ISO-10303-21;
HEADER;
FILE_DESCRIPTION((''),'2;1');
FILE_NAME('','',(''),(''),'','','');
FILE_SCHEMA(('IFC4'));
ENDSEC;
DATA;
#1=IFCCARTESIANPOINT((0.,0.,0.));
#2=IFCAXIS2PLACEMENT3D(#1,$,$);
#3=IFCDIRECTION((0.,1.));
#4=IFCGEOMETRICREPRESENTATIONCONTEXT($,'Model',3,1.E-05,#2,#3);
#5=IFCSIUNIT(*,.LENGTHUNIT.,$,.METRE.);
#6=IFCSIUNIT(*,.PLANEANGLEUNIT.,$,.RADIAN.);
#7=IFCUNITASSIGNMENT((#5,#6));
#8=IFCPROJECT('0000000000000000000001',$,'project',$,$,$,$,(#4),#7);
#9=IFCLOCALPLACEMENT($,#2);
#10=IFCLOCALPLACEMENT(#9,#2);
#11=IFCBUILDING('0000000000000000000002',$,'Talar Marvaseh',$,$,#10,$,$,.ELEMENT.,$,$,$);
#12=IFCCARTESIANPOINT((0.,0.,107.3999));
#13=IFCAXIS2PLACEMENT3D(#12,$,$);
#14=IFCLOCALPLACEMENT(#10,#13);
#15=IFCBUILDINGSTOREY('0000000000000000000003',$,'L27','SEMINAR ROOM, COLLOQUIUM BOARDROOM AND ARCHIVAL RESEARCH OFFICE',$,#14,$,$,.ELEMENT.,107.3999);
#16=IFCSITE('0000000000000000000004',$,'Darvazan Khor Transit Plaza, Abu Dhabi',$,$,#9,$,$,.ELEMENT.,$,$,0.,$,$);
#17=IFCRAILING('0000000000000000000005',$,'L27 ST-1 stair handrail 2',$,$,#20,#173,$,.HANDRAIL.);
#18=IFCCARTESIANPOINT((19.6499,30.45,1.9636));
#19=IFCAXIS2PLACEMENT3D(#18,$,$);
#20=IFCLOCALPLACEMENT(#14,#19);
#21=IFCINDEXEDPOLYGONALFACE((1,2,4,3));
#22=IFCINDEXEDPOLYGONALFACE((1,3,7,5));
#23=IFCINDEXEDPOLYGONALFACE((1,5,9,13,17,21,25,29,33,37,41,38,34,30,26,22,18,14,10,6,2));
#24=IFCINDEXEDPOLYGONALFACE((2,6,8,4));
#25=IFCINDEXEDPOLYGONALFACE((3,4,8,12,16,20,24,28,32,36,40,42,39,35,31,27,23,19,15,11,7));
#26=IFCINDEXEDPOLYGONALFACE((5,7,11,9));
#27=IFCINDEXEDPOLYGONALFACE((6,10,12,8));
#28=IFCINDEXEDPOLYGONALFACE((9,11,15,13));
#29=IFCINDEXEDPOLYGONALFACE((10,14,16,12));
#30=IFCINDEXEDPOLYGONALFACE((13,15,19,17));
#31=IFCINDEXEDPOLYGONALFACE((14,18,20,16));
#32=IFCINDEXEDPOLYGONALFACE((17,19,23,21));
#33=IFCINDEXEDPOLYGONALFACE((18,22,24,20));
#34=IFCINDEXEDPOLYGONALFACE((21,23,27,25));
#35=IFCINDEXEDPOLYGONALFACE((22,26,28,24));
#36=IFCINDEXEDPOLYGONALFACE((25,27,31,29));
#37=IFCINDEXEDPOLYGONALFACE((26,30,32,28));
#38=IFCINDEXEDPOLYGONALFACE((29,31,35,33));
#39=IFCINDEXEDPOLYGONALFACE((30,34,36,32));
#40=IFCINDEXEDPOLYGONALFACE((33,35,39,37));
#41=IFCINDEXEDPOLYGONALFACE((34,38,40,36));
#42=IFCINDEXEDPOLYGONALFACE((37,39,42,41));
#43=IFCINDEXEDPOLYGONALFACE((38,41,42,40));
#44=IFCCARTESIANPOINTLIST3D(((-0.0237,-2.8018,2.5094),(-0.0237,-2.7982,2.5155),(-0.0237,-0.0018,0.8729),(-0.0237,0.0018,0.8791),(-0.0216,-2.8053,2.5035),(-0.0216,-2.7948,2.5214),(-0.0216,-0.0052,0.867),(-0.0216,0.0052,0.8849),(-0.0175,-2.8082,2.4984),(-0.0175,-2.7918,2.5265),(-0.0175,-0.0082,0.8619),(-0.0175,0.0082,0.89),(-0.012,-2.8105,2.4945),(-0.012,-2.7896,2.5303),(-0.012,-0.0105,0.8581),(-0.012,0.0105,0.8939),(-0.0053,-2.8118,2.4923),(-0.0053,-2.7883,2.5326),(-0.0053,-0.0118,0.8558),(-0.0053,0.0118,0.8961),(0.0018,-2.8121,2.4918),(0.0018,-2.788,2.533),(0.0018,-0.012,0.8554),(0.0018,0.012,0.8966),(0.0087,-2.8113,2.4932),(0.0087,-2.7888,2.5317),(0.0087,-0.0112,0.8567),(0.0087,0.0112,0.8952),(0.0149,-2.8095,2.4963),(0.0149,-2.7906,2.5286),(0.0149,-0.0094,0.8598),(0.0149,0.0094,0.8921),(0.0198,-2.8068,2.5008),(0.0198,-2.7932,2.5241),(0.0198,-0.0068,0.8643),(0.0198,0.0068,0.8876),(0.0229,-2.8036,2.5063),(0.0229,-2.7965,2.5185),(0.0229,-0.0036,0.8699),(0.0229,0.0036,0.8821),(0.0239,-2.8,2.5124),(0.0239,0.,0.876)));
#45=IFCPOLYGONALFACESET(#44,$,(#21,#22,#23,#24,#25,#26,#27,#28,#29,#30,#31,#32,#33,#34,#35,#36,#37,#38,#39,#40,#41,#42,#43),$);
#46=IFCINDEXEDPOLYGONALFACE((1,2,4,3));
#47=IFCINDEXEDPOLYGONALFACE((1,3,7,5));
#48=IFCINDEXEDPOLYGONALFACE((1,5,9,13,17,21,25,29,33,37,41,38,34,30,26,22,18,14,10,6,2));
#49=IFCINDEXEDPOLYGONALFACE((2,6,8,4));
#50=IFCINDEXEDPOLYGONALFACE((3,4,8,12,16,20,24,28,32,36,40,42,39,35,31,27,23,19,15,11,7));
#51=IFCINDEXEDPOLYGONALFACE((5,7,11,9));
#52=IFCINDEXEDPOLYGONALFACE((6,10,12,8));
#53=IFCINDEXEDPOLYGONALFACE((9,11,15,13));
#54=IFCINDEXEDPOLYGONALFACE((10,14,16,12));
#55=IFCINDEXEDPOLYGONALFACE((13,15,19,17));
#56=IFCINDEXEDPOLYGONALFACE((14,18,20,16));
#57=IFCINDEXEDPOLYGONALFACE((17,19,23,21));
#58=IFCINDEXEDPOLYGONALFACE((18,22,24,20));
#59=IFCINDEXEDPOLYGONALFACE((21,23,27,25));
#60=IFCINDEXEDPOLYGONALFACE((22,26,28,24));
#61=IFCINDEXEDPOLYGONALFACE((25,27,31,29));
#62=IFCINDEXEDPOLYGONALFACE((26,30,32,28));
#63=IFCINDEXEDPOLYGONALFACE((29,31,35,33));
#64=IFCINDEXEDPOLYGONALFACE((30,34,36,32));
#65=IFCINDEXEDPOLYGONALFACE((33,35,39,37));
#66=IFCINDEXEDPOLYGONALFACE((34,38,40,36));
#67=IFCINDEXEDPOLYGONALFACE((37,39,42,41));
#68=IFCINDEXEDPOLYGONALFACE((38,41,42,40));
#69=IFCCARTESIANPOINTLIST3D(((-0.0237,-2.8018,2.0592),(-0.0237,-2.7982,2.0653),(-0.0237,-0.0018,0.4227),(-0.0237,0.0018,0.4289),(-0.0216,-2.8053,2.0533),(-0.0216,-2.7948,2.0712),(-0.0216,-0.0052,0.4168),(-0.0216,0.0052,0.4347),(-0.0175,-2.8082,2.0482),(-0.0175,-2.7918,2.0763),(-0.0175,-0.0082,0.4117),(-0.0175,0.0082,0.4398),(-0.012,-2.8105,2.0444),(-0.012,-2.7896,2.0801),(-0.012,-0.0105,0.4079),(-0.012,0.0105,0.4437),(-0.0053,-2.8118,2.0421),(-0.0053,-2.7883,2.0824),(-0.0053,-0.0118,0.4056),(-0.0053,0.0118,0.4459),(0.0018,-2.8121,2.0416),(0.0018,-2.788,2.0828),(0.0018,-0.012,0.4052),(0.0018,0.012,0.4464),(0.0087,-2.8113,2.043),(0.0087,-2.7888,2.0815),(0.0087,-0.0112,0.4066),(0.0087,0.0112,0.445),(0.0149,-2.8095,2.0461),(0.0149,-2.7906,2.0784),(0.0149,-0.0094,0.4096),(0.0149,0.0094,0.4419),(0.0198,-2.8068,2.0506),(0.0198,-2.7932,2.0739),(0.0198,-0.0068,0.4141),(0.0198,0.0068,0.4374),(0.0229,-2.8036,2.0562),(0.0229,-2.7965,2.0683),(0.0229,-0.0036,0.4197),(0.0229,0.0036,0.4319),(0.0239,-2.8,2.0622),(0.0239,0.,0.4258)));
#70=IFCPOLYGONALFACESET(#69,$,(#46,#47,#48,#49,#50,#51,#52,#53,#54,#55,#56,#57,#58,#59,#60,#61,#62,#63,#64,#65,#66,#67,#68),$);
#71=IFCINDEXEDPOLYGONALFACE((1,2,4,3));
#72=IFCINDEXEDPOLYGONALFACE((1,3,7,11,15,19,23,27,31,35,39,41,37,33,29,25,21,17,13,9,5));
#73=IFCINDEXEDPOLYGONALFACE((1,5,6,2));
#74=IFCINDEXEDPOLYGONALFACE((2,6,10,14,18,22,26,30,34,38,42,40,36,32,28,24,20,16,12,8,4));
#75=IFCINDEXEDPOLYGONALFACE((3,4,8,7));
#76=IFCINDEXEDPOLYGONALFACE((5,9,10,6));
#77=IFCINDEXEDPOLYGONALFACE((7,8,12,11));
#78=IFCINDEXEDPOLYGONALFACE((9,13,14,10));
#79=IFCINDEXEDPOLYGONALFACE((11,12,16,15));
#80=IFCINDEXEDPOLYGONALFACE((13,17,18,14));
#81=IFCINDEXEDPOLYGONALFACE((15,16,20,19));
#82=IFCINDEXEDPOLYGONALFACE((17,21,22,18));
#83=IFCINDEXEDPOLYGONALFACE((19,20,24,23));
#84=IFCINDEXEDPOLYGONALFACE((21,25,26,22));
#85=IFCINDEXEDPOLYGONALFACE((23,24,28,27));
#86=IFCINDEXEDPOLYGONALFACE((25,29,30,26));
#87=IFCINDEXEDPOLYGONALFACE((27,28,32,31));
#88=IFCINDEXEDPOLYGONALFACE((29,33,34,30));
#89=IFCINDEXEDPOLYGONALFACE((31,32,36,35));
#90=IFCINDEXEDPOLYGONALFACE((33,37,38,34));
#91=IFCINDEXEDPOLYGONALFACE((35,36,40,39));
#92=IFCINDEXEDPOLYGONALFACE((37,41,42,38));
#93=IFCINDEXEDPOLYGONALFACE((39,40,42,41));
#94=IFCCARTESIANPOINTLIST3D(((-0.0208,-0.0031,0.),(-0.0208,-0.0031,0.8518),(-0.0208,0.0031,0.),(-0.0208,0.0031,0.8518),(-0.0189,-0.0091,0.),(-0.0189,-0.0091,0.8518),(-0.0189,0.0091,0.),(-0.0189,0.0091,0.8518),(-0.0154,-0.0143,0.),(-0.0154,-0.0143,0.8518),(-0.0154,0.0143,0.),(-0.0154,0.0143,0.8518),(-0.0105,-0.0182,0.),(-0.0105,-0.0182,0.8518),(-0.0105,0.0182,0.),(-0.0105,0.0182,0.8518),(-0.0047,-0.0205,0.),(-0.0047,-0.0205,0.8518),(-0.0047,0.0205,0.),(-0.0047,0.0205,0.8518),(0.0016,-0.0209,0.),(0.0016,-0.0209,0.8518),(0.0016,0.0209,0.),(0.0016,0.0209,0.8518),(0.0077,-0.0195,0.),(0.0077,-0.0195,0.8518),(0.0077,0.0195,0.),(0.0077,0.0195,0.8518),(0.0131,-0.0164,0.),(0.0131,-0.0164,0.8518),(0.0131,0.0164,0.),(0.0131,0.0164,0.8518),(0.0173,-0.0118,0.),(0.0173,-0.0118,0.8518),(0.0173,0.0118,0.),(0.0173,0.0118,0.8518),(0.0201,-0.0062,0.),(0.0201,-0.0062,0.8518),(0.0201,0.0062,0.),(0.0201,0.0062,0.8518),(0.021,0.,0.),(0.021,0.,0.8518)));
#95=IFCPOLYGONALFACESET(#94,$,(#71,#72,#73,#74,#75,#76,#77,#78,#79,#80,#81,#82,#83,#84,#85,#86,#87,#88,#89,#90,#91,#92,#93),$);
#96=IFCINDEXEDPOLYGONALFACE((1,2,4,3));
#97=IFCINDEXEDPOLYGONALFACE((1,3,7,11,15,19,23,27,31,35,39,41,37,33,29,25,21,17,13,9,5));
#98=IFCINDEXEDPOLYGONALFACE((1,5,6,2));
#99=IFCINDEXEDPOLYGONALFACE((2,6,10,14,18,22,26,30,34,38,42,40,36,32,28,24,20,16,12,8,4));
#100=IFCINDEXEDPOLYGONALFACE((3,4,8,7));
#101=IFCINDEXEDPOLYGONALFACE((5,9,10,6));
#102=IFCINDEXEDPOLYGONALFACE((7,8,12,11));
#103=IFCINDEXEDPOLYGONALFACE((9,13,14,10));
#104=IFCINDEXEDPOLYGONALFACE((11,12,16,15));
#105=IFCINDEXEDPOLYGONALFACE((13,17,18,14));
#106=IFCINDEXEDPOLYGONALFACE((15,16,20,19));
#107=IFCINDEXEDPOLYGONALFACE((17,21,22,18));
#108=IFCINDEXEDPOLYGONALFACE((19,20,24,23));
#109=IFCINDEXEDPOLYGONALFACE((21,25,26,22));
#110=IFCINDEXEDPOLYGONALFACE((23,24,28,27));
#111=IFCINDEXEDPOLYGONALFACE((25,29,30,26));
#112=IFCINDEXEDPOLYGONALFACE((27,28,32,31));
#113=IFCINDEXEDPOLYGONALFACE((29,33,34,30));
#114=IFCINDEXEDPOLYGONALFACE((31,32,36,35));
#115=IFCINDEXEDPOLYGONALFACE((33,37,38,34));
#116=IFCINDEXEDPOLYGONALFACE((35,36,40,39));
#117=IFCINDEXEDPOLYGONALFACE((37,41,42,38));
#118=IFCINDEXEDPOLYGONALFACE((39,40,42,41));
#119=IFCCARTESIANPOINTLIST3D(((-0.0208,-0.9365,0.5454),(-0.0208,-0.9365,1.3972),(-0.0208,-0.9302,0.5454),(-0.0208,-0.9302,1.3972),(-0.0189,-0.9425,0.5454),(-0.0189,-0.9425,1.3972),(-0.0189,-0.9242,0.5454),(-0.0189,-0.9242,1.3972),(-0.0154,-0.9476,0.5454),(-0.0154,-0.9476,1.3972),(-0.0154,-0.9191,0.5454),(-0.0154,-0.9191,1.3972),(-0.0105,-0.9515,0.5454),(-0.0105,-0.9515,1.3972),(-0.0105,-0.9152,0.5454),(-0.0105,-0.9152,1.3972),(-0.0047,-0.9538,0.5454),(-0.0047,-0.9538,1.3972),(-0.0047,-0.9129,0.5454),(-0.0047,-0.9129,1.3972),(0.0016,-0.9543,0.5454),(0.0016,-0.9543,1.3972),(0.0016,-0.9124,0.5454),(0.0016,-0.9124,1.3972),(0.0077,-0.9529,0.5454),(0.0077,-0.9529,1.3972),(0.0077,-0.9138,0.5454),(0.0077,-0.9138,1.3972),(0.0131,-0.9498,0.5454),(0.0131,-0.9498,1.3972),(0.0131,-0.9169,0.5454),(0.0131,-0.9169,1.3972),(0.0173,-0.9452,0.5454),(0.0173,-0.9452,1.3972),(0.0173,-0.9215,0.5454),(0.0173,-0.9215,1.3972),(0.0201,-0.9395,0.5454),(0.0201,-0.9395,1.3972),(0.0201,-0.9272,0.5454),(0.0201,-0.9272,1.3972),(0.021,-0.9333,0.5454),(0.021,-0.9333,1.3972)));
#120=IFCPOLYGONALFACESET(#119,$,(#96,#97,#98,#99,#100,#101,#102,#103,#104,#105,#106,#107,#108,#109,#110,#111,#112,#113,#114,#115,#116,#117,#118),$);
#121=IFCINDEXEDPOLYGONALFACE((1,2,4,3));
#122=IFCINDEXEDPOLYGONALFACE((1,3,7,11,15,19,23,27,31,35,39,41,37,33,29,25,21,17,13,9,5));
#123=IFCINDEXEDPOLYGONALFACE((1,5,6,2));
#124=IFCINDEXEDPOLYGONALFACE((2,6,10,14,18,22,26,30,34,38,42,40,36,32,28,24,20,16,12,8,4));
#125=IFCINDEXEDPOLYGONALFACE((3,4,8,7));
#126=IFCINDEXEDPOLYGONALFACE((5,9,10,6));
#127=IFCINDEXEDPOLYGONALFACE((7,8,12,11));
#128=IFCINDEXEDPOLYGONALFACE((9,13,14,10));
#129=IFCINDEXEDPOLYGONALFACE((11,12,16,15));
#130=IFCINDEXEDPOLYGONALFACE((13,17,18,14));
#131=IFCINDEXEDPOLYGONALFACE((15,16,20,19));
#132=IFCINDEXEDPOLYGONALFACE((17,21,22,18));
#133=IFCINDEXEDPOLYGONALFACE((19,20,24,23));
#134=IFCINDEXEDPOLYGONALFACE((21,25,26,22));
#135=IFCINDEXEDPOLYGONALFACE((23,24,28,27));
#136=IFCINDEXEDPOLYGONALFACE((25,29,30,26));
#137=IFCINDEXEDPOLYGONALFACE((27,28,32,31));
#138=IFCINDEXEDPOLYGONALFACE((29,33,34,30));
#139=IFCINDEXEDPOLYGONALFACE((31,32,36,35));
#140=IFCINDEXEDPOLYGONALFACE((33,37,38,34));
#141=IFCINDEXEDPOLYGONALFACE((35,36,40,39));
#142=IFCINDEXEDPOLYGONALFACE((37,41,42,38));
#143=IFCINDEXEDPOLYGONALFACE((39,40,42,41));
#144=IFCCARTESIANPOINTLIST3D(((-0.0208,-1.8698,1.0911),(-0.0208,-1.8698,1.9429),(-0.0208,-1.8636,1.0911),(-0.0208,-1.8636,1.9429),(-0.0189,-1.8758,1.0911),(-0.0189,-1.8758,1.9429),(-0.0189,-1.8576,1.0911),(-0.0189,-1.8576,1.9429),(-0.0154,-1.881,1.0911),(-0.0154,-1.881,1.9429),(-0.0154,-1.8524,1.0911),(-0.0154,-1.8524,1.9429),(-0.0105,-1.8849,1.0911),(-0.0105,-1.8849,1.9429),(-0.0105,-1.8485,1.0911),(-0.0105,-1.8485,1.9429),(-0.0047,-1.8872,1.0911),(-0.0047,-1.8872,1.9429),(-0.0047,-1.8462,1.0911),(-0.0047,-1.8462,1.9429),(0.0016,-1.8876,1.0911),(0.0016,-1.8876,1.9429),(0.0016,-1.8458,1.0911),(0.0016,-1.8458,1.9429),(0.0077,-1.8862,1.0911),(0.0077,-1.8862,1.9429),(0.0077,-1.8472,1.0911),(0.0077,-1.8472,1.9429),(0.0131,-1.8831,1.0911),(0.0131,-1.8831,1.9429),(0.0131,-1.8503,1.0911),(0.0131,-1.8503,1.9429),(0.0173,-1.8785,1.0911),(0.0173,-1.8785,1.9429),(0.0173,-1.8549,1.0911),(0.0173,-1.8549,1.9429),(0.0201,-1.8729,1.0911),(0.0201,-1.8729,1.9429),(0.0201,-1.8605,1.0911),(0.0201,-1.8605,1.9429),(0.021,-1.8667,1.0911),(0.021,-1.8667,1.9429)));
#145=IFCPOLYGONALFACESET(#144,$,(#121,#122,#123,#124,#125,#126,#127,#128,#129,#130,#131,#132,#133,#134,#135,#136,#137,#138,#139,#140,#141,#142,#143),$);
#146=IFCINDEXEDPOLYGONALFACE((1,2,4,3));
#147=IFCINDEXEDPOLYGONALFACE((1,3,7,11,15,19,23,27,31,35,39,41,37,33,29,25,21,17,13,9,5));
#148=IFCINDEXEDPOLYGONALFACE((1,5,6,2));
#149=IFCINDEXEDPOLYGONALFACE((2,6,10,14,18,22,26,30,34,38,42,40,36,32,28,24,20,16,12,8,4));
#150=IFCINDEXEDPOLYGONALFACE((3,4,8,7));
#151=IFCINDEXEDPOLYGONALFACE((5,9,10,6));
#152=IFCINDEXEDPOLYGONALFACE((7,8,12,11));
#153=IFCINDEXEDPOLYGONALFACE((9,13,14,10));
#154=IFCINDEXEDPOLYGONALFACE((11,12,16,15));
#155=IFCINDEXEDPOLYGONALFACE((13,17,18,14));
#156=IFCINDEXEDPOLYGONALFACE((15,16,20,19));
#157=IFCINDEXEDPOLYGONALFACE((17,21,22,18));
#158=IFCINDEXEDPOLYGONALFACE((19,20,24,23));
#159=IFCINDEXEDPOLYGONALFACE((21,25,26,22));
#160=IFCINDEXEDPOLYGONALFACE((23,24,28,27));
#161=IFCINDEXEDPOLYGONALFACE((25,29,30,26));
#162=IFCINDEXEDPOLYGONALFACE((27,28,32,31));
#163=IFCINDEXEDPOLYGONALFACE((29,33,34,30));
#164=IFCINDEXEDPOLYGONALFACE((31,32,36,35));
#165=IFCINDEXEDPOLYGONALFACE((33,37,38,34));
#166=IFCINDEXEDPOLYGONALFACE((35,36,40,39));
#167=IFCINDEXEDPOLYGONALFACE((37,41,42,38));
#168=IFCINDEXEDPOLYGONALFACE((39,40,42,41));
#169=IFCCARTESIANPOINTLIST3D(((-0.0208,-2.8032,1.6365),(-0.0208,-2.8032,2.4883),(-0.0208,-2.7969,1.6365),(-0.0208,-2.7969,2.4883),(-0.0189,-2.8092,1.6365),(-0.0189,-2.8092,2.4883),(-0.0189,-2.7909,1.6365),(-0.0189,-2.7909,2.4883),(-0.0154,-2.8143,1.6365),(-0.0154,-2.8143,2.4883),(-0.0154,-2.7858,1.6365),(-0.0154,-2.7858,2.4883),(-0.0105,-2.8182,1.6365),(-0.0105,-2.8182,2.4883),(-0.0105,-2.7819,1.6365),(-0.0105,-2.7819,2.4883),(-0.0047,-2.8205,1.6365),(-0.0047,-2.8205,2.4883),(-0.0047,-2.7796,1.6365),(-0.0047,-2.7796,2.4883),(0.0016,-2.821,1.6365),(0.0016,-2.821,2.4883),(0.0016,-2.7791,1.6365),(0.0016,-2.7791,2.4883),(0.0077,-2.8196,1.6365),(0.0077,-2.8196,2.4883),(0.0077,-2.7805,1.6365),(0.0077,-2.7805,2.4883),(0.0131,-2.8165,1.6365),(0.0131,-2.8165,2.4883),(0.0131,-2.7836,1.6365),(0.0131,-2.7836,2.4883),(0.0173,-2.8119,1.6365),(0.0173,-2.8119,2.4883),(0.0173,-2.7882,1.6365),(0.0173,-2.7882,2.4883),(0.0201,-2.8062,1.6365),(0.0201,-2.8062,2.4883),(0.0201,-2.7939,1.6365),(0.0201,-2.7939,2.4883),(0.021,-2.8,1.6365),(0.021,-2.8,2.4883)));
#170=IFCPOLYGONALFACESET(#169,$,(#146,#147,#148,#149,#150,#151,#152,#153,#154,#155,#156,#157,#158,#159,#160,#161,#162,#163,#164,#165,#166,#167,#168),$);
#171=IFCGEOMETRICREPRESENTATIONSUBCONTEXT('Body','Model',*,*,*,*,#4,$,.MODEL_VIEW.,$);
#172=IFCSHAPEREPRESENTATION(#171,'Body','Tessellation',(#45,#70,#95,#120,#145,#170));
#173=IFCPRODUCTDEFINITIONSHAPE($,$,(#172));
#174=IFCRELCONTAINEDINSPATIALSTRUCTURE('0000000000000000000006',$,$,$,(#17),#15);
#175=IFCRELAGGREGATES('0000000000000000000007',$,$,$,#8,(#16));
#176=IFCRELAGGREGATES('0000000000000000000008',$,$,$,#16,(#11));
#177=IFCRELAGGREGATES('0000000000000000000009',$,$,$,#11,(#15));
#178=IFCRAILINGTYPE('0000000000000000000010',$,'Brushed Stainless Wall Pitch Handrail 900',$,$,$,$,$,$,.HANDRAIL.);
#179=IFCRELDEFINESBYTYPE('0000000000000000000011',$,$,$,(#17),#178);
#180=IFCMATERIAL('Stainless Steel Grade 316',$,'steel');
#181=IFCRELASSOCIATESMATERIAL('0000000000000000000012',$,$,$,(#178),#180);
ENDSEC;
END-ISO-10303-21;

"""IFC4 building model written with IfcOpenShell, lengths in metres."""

from ifc_helpers import new_model, si_unit, direction, frame, origin, origin_2d, place, context, subcontext, project, spatial, circle, extrude, material, type_object, element, save


model = new_model("IFC4")

# Units and contexts
model_context = context("Model", 3, precision=1e-05, world=origin(), true_north=direction((0.0, 1.0)))
body_context = subcontext(model_context, "Body", "Model", "MODEL_VIEW")
ifc_project = project(units=[si_unit("LENGTHUNIT", "METRE"), si_unit("PLANEANGLEUNIT", "RADIAN")], contexts=[model_context])

# Site, building, storey
site_placement = place(None, origin())
site = spatial("IfcSite", under=ifc_project, at=site_placement, Name="Darvazan Khor Transit Plaza, Abu Dhabi", CompositionType="ELEMENT", RefElevation=0.0)
building_placement = place(site_placement, origin())
building = spatial("IfcBuilding", under=site, at=building_placement, Name="Talar Marvaseh", CompositionType="ELEMENT")
storey_placement = place(building_placement, frame((0.0, 0.0, 107.3999)))
storey = spatial("IfcBuildingStorey", under=building, at=storey_placement, Name="L27", Description="SEMINAR ROOM, COLLOQUIUM BOARDROOM AND ARCHIVAL RESEARCH OFFICE", CompositionType="ELEMENT", Elevation=107.3999)

# Railing
ifc_material_1 = material(Name="Stainless Steel Grade 316", Category="steel")
railing_type_1 = type_object("IfcRailingType", Name="Brushed Stainless Wall Pitch Handrail 900", PredefinedType="HANDRAIL", material=ifc_material_1)
railing_1_placement = place(storey_placement, frame((19.6499, 30.45, 1.9636)))
element("IfcRailing", 1, at=railing_1_placement, inside=storey, type_object=railing_type_1, Name="L27 ST-1 stair handrail 2", PredefinedType="HANDRAIL", context=body_context, shape_type="SweptSolid", body=[
    extrude(circle(Radius=0.0239, at=origin_2d()), frame((0.0, 0.0, 0.876), z_axis=(0.0, -0.863361, 0.504587), x_axis=(1.0, 0.0, 0.0)), (0.0, 0.0, 1.0), 3.2432),
    extrude(circle(Radius=0.0239, at=origin_2d()), frame((0.0, 0.0, 0.4258), z_axis=(0.0, -0.863361, 0.504587), x_axis=(1.0, 0.0, 0.0)), (0.0, 0.0, 1.0), 3.2432),
    extrude(circle(Radius=0.021, at=origin_2d()), origin(), (0.0, 0.0, 1.0), 0.8518),
    extrude(circle(Radius=0.021, at=origin_2d()), frame((0.0, -0.9333, 0.5454)), (0.0, 0.0, 1.0), 0.8518),
    extrude(circle(Radius=0.021, at=origin_2d()), frame((0.0, -1.8667, 1.0911)), (0.0, 0.0, 1.0), 0.8518),
    extrude(circle(Radius=0.021, at=origin_2d()), frame((0.0, -2.8, 1.6365)), (0.0, 0.0, 1.0), 0.8518),
])

save(model, "model.ifc")
